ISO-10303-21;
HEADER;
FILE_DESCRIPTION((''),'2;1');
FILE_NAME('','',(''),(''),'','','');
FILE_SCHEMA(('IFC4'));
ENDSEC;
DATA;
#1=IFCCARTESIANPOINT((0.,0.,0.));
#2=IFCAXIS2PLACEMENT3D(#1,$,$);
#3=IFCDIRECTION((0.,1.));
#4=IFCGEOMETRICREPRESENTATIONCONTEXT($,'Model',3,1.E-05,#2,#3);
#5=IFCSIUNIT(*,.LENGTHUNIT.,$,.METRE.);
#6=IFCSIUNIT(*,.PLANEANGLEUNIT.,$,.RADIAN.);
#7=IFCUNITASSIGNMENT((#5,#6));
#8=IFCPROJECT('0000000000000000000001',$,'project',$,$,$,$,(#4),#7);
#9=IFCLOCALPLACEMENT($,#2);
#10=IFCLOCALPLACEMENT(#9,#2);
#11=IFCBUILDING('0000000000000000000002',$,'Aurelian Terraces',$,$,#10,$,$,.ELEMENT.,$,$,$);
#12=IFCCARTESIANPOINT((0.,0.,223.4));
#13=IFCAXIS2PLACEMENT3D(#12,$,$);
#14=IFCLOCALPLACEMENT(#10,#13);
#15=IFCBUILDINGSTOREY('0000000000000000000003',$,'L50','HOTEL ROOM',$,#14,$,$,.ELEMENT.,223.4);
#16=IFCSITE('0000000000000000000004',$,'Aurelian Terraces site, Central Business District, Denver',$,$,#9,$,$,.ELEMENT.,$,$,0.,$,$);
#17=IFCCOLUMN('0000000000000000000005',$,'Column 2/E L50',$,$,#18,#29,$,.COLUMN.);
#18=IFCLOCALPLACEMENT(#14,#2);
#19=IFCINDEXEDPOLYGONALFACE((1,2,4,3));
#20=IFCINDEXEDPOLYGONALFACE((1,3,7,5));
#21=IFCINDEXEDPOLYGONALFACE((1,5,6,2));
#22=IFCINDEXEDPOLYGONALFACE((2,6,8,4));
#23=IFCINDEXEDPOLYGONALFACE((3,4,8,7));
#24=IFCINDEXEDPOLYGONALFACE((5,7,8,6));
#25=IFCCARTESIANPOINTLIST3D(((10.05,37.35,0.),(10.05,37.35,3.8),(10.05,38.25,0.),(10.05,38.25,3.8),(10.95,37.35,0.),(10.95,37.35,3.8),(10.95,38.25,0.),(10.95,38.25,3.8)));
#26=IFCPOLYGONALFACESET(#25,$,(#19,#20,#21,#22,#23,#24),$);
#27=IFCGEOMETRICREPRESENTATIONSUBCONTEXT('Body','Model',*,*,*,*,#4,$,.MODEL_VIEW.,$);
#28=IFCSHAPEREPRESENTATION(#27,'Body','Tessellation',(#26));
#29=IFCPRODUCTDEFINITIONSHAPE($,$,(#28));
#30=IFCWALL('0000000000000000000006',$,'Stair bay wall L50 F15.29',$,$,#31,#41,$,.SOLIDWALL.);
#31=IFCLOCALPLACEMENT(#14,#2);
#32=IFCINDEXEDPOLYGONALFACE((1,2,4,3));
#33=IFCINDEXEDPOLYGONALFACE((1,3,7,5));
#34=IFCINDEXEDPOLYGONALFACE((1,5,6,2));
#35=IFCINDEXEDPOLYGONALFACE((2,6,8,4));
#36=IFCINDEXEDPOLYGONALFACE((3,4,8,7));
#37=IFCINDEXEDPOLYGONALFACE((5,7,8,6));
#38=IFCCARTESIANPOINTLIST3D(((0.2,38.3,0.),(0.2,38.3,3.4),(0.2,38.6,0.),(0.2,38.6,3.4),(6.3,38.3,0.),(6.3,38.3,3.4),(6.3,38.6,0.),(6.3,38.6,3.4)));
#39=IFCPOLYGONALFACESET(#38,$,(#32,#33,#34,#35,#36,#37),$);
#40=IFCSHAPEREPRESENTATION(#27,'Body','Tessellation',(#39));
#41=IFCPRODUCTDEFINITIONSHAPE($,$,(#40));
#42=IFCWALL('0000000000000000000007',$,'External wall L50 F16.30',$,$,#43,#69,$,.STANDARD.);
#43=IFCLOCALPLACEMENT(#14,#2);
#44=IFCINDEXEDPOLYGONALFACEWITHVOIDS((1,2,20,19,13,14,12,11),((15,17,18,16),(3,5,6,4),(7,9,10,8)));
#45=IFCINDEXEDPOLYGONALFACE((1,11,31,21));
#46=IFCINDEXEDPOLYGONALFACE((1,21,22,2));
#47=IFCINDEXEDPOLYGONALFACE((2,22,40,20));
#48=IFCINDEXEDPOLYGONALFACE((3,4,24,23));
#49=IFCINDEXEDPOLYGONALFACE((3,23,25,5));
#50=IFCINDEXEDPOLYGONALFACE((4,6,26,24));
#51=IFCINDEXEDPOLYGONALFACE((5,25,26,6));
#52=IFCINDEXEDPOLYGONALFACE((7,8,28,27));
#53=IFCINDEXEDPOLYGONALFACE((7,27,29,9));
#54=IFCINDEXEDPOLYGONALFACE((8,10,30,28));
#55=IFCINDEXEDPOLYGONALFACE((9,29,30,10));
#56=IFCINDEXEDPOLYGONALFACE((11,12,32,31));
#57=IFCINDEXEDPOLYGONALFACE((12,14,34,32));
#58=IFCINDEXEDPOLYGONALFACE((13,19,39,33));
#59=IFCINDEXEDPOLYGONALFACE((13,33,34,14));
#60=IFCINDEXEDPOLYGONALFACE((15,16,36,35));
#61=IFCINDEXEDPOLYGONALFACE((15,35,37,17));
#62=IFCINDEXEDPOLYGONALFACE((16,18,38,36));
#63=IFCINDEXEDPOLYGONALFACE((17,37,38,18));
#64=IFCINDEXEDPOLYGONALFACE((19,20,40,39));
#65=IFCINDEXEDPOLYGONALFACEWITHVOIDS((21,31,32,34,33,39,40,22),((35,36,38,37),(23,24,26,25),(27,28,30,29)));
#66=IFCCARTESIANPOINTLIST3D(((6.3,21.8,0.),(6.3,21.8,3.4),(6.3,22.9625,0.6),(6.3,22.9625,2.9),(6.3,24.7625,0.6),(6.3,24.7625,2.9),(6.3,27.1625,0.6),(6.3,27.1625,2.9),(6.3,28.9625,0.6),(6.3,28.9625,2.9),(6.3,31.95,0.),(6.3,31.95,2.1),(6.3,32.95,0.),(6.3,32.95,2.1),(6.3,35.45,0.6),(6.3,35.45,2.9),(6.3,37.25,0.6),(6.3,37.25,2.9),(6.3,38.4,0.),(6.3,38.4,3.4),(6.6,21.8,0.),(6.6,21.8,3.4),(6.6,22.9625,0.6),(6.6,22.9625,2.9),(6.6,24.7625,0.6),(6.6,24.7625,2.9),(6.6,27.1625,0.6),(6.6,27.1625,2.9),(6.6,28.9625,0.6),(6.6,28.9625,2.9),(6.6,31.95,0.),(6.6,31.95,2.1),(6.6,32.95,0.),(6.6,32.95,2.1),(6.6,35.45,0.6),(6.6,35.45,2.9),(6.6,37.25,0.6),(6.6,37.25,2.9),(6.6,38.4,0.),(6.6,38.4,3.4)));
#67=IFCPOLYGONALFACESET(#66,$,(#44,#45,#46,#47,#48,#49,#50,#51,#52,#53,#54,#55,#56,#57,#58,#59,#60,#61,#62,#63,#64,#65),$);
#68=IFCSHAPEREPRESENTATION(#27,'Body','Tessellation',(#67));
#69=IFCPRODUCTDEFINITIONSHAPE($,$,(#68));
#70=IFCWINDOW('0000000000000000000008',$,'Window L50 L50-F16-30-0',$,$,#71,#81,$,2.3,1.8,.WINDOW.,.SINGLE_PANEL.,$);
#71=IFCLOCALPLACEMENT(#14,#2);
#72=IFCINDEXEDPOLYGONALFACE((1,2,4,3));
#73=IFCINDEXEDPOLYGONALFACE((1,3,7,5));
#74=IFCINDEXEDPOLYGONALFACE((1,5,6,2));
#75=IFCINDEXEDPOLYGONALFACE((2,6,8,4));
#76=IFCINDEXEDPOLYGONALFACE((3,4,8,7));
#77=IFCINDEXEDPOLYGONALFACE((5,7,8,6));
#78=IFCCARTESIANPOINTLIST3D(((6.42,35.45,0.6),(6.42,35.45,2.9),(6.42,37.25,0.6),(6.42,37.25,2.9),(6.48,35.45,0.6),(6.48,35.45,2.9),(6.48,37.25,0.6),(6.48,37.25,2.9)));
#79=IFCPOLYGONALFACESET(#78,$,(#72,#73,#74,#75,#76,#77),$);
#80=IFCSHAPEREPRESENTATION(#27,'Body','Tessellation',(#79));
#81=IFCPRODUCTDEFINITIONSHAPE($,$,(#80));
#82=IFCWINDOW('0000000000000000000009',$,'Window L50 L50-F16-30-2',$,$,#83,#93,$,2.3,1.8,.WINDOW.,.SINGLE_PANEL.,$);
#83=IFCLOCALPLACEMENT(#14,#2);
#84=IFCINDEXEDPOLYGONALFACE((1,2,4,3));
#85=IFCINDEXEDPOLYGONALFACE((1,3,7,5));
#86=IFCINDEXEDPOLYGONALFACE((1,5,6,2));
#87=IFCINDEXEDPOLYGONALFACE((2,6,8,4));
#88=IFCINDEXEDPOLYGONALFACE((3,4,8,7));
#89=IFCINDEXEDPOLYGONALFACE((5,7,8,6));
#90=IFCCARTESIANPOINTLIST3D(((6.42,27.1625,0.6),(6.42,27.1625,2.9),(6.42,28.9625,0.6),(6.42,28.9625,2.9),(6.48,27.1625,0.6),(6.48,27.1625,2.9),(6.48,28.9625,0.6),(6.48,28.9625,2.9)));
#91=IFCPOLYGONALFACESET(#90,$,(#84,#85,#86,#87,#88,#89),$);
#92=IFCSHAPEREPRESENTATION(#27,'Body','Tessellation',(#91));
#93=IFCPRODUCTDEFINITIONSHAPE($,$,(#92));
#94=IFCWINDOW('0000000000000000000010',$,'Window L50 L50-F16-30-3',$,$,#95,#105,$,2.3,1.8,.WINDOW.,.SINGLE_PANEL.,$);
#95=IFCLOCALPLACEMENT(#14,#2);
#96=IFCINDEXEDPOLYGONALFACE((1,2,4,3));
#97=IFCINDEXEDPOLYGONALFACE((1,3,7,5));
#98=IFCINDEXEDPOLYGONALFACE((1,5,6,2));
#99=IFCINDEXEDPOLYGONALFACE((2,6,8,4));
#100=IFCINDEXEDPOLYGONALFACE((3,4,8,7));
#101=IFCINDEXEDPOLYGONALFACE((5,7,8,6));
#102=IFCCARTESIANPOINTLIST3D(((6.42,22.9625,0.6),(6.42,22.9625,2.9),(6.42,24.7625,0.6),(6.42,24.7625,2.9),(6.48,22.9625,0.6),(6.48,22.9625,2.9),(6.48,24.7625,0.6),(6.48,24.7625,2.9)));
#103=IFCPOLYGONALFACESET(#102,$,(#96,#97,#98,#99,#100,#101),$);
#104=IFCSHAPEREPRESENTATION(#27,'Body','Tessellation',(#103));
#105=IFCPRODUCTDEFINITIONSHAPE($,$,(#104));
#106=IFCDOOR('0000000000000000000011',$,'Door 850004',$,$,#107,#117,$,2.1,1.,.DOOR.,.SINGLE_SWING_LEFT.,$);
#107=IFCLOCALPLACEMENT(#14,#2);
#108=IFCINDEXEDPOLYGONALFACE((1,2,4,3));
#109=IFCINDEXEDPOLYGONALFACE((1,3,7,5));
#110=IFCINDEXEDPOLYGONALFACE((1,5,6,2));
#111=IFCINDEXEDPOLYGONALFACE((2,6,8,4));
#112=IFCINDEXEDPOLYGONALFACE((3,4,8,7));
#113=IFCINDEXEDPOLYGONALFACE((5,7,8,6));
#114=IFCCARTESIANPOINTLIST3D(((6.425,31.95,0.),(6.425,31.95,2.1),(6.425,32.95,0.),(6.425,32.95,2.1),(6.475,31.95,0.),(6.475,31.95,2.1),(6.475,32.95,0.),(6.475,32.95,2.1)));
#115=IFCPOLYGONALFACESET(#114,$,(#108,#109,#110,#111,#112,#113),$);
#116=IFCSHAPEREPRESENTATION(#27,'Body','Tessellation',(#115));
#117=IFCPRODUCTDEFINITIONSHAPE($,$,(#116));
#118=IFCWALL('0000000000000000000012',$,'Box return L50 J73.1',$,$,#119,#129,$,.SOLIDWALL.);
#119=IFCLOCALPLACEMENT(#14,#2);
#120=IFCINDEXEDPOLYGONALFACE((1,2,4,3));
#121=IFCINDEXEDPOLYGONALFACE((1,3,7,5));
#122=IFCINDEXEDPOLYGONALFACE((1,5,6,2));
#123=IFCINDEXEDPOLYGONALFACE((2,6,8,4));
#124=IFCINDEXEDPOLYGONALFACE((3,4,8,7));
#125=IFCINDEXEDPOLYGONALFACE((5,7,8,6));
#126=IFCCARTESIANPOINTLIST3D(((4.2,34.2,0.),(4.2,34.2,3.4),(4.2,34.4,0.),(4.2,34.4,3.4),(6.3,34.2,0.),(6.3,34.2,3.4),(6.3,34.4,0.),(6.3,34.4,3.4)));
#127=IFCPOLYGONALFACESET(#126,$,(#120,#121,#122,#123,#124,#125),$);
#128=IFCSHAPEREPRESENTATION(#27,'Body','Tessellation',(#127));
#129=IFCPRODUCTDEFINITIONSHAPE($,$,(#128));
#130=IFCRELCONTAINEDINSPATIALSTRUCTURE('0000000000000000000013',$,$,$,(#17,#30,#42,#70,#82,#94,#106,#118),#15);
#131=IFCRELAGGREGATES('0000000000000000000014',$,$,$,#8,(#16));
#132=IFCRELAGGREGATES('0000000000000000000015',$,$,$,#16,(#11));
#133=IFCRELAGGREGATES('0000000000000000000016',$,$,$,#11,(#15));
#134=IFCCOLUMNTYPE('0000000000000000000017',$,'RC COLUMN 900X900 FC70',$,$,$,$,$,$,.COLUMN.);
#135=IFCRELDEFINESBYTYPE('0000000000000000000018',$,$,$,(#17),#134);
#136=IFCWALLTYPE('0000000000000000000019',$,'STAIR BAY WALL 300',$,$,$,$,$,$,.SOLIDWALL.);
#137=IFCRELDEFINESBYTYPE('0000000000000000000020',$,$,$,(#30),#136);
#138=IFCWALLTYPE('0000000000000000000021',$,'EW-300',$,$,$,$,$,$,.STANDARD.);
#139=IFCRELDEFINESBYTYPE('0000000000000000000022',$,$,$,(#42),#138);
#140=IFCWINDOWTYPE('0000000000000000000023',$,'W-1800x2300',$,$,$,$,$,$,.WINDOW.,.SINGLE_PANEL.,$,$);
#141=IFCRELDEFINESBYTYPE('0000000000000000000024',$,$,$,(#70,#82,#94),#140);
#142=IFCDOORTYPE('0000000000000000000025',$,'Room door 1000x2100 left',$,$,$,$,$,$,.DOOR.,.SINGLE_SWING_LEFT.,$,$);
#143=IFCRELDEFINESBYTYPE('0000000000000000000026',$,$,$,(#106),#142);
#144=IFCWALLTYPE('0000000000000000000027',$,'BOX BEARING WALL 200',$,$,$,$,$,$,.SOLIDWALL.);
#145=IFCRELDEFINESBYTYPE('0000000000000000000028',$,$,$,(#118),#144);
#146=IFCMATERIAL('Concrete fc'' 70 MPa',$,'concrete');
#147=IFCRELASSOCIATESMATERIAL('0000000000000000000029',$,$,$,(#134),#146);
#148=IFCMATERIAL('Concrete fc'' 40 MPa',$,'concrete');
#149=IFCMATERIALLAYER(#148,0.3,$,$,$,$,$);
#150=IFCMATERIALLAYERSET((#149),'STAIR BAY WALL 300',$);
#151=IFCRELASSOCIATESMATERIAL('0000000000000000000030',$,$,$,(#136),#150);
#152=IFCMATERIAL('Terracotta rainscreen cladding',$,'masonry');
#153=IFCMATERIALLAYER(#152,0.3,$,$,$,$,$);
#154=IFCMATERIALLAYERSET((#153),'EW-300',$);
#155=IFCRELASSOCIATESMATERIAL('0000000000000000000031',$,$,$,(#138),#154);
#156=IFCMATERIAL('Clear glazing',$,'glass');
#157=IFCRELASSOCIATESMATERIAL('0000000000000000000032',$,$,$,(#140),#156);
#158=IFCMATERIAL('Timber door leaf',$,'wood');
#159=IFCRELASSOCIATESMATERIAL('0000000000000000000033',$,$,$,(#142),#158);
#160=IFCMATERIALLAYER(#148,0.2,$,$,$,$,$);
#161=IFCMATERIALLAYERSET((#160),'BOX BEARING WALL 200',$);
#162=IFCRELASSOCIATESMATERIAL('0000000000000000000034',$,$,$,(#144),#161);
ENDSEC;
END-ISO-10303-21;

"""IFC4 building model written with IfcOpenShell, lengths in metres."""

from ifc_helpers import new_model, si_unit, direction, frame, frame_2d, origin, origin_2d, place, context, subcontext, project, spatial, rectangle, extrude, source, transform, mapped, material, layer, layer_set, material_profile, profile_set, type_object, element, fill, save


model = new_model("IFC4")

# Units and contexts
model_context = context("Model", 3, precision=1e-05, world=origin(), true_north=direction((0.0, 1.0)))
body_context = subcontext(model_context, "Body", "Model", "MODEL_VIEW")
ifc_project = project(units=[si_unit("LENGTHUNIT", "METRE"), si_unit("PLANEANGLEUNIT", "RADIAN")], contexts=[model_context])

# Site, building, storey
site_placement = place(None, origin())
site = spatial("IfcSite", under=ifc_project, at=site_placement, Name="Aurelian Terraces site, Central Business District, Denver", CompositionType="ELEMENT", RefElevation=0.0)
building_placement = place(site_placement, origin())
building = spatial("IfcBuilding", under=site, at=building_placement, Name="Aurelian Terraces", CompositionType="ELEMENT")
storey_placement = place(building_placement, frame((0.0, 0.0, 223.4)))
storey = spatial("IfcBuildingStorey", under=building, at=storey_placement, Name="L50", Description="HOTEL ROOM", CompositionType="ELEMENT", Elevation=223.4)

# Column
ifc_material_1 = material(Name="Concrete fc' 70 MPa", Category="concrete")
ifc_material_profile = material_profile(ifc_material_1, rectangle(XDim=0.9, YDim=0.9, at=origin_2d()))
ifc_profile_set = profile_set([ifc_material_profile], Name="Concrete fc' 70 MPa")
column_type = type_object("IfcColumnType", Name="RC COLUMN 900X900 FC70", PredefinedType="COLUMN", material=ifc_profile_set)
shared_shape_1 = source(origin(), body_context, "Body", "SweptSolid", [
    extrude(rectangle(XDim=0.9, YDim=0.9, at=origin_2d()), origin(), (0.0, 0.0, 1.0), 3.8),
])
column_placement = place(storey_placement, frame((10.5, 37.8, 0.0), z_axis=(0.0, 0.0, 1.0), x_axis=(1.0, 0.0, 0.0)))
element("IfcColumn", 1, at=column_placement, inside=storey, type_object=column_type, Name="Column 2/E L50", PredefinedType="COLUMN", context=body_context, shape_type="MappedRepresentation", body=[
    mapped(shared_shape_1, transform((0.0, 0.0, 0.0), scale=1.0)),
])

# Wall
ifc_material_2 = material(Name="Concrete fc' 40 MPa", Category="concrete")
ifc_layer_1 = layer(ifc_material_2, 0.3)
ifc_layer_set_1 = layer_set([ifc_layer_1], Name="STAIR BAY WALL 300")
wall_type_1 = type_object("IfcWallType", Name="STAIR BAY WALL 300", PredefinedType="SOLIDWALL", material=ifc_layer_set_1)
shared_shape_2 = source(origin(), body_context, "Body", "SweptSolid", [
    extrude(rectangle(XDim=6.1, YDim=0.3, at=frame_2d((3.05, 0.0))), origin(), (0.0, 0.0, 1.0), 3.4),
])
wall_1_placement = place(storey_placement, frame((0.2, 38.45, 0.0), z_axis=(0.0, 0.0, 1.0), x_axis=(1.0, 0.0, 0.0)))
element("IfcWall", 2, at=wall_1_placement, inside=storey, type_object=wall_type_1, Name="Stair bay wall L50 F15.29", PredefinedType="SOLIDWALL", context=body_context, shape_type="MappedRepresentation", body=[
    mapped(shared_shape_2, transform((0.0, 0.0, 0.0), scale=1.0)),
])

# Wall, openings, windows, door
ifc_material_3 = material(Name="Terracotta rainscreen cladding", Category="masonry")
ifc_layer_2 = layer(ifc_material_3, 0.3)
ifc_layer_set_2 = layer_set([ifc_layer_2], Name="EW-300")
wall_type_2 = type_object("IfcWallType", Name="EW-300", PredefinedType="STANDARD", material=ifc_layer_set_2)
shared_shape_3 = source(origin(), body_context, "Body", "SweptSolid", [
    extrude(rectangle(XDim=16.6, YDim=0.3, at=frame_2d((8.3, 0.0))), origin(), (0.0, 0.0, 1.0), 3.4),
])
wall_2_placement = place(storey_placement, frame((6.45, 38.4, 0.0), z_axis=(0.0, 0.0, 1.0), x_axis=(0.0, -1.0, 0.0)))
wall_2 = element("IfcWall", 3, at=wall_2_placement, inside=storey, type_object=wall_type_2, Name="External wall L50 F16.30", PredefinedType="STANDARD", context=body_context, shape_type="MappedRepresentation", body=[
    mapped(shared_shape_3, transform((0.0, 0.0, 0.0), scale=1.0)),
])
shared_shape_4 = source(origin(), body_context, "Body", "SweptSolid", [
    extrude(rectangle(XDim=1.8, YDim=2.3, at=frame_2d((0.9, 1.15))), frame((0.0, 0.16, 0.0), z_axis=(0.0, -1.0, 0.0), x_axis=(1.0, 0.0, 0.0)), (0.0, 0.0, 1.0), 0.32),
])
opening_1_placement = place(wall_2_placement, frame((1.15, 0.0, 0.6)))
opening_1 = element("IfcOpeningElement", 4, at=opening_1_placement, cuts=wall_2, PredefinedType="OPENING", context=body_context, shape_type="MappedRepresentation", body=[
    mapped(shared_shape_4, transform((0.0, 0.0, 0.0), scale=1.0)),
])
opening_2_placement = place(wall_2_placement, frame((9.4375, 0.0, 0.6)))
opening_2 = element("IfcOpeningElement", 5, at=opening_2_placement, cuts=wall_2, PredefinedType="OPENING", context=body_context, shape_type="MappedRepresentation", body=[
    mapped(shared_shape_4, transform((0.0, 0.0, 0.0), scale=1.0)),
])
opening_3_placement = place(wall_2_placement, frame((13.6375, 0.0, 0.6)))
opening_3 = element("IfcOpeningElement", 6, at=opening_3_placement, cuts=wall_2, PredefinedType="OPENING", context=body_context, shape_type="MappedRepresentation", body=[
    mapped(shared_shape_4, transform((0.0, 0.0, 0.0), scale=1.0)),
])
shared_shape_5 = source(origin(), body_context, "Body", "SweptSolid", [
    extrude(rectangle(XDim=1.0, YDim=2.1, at=frame_2d((0.5, 1.05))), frame((0.0, 0.16, 0.0), z_axis=(0.0, -1.0, 0.0), x_axis=(1.0, 0.0, 0.0)), (0.0, 0.0, 1.0), 0.32),
])
opening_4_placement = place(wall_2_placement, frame((5.45, 0.0, 0.0)))
opening_4 = element("IfcOpeningElement", 7, at=opening_4_placement, cuts=wall_2, PredefinedType="OPENING", context=body_context, shape_type="MappedRepresentation", body=[
    mapped(shared_shape_5, transform((0.0, 0.0, 0.0), scale=1.0)),
])
ifc_material_4 = material(Name="Clear glazing", Category="glass")
window_type_1 = type_object("IfcWindowType", Name="W-1800x2300", PartitioningType="SINGLE_PANEL", PredefinedType="WINDOW", material=ifc_material_4)
shared_shape_6 = source(origin(), body_context, "Body", "SweptSolid", [
    extrude(rectangle(XDim=1.8, YDim=2.3, at=frame_2d((0.9, 1.15))), frame((0.0, 0.03, 0.0), z_axis=(0.0, -1.0, 0.0), x_axis=(1.0, 0.0, 0.0)), (0.0, 0.0, 1.0), 0.06),
])
window_1_placement = place(opening_1_placement, origin())
window_1 = element("IfcWindow", 8, at=window_1_placement, inside=storey, type_object=window_type_1, Name="Window L50 L50-F16-30-0", OverallHeight=2.3, OverallWidth=1.8, PartitioningType="SINGLE_PANEL", PredefinedType="WINDOW", context=body_context, shape_type="MappedRepresentation", body=[
    mapped(shared_shape_6, transform((0.0, 0.0, 0.0), scale=1.0)),
])
fill(opening_1, window_1)
window_2_placement = place(opening_2_placement, origin())
window_2 = element("IfcWindow", 9, at=window_2_placement, inside=storey, type_object=window_type_1, Name="Window L50 L50-F16-30-2", OverallHeight=2.3, OverallWidth=1.8, PartitioningType="SINGLE_PANEL", PredefinedType="WINDOW", context=body_context, shape_type="MappedRepresentation", body=[
    mapped(shared_shape_6, transform((0.0, 0.0, 0.0), scale=1.0)),
])
fill(opening_2, window_2)
window_3_placement = place(opening_3_placement, origin())
window_3 = element("IfcWindow", 10, at=window_3_placement, inside=storey, type_object=window_type_1, Name="Window L50 L50-F16-30-3", OverallHeight=2.3, OverallWidth=1.8, PartitioningType="SINGLE_PANEL", PredefinedType="WINDOW", context=body_context, shape_type="MappedRepresentation", body=[
    mapped(shared_shape_6, transform((0.0, 0.0, 0.0), scale=1.0)),
])
fill(opening_3, window_3)
ifc_material_5 = material(Name="Timber door leaf", Category="wood")
door_type_1 = type_object("IfcDoorType", Name="Room door 1000x2100 left", OperationType="SINGLE_SWING_LEFT", PredefinedType="DOOR", material=ifc_material_5)
shared_shape_7 = source(origin(), body_context, "Body", "SweptSolid", [
    extrude(rectangle(XDim=1.0, YDim=2.1, at=frame_2d((0.5, 1.05))), frame((0.0, 0.025, 0.0), z_axis=(0.0, -1.0, 0.0), x_axis=(1.0, 0.0, 0.0)), (0.0, 0.0, 1.0), 0.05),
])
door_1_placement = place(opening_4_placement, origin())
door_1 = element("IfcDoor", 11, at=door_1_placement, inside=storey, type_object=door_type_1, Name="Door 850004", OperationType="SINGLE_SWING_LEFT", OverallHeight=2.1, OverallWidth=1.0, PredefinedType="DOOR", context=body_context, shape_type="MappedRepresentation", body=[
    mapped(shared_shape_7, transform((0.0, 0.0, 0.0), scale=1.0)),
])
fill(opening_4, door_1)

# Wall
ifc_layer_3 = layer(ifc_material_2, 0.2)
ifc_layer_set_3 = layer_set([ifc_layer_3], Name="BOX BEARING WALL 200")
wall_type_3 = type_object("IfcWallType", Name="BOX BEARING WALL 200", PredefinedType="SOLIDWALL", material=ifc_layer_set_3)
shared_shape_8 = source(origin(), body_context, "Body", "SweptSolid", [
    extrude(rectangle(XDim=2.1, YDim=0.2, at=frame_2d((1.05, 0.0))), origin(), (0.0, 0.0, 1.0), 3.4),
])
wall_3_placement = place(storey_placement, frame((6.3, 34.3, 0.0), z_axis=(0.0, 0.0, 1.0), x_axis=(-1.0, 0.0, 0.0)))
element("IfcWall", 12, at=wall_3_placement, inside=storey, type_object=wall_type_3, Name="Box return L50 J73.1", PredefinedType="SOLIDWALL", context=body_context, shape_type="MappedRepresentation", body=[
    mapped(shared_shape_8, transform((0.0, 0.0, 0.0), scale=1.0)),
])

save(model, "model.ifc")
